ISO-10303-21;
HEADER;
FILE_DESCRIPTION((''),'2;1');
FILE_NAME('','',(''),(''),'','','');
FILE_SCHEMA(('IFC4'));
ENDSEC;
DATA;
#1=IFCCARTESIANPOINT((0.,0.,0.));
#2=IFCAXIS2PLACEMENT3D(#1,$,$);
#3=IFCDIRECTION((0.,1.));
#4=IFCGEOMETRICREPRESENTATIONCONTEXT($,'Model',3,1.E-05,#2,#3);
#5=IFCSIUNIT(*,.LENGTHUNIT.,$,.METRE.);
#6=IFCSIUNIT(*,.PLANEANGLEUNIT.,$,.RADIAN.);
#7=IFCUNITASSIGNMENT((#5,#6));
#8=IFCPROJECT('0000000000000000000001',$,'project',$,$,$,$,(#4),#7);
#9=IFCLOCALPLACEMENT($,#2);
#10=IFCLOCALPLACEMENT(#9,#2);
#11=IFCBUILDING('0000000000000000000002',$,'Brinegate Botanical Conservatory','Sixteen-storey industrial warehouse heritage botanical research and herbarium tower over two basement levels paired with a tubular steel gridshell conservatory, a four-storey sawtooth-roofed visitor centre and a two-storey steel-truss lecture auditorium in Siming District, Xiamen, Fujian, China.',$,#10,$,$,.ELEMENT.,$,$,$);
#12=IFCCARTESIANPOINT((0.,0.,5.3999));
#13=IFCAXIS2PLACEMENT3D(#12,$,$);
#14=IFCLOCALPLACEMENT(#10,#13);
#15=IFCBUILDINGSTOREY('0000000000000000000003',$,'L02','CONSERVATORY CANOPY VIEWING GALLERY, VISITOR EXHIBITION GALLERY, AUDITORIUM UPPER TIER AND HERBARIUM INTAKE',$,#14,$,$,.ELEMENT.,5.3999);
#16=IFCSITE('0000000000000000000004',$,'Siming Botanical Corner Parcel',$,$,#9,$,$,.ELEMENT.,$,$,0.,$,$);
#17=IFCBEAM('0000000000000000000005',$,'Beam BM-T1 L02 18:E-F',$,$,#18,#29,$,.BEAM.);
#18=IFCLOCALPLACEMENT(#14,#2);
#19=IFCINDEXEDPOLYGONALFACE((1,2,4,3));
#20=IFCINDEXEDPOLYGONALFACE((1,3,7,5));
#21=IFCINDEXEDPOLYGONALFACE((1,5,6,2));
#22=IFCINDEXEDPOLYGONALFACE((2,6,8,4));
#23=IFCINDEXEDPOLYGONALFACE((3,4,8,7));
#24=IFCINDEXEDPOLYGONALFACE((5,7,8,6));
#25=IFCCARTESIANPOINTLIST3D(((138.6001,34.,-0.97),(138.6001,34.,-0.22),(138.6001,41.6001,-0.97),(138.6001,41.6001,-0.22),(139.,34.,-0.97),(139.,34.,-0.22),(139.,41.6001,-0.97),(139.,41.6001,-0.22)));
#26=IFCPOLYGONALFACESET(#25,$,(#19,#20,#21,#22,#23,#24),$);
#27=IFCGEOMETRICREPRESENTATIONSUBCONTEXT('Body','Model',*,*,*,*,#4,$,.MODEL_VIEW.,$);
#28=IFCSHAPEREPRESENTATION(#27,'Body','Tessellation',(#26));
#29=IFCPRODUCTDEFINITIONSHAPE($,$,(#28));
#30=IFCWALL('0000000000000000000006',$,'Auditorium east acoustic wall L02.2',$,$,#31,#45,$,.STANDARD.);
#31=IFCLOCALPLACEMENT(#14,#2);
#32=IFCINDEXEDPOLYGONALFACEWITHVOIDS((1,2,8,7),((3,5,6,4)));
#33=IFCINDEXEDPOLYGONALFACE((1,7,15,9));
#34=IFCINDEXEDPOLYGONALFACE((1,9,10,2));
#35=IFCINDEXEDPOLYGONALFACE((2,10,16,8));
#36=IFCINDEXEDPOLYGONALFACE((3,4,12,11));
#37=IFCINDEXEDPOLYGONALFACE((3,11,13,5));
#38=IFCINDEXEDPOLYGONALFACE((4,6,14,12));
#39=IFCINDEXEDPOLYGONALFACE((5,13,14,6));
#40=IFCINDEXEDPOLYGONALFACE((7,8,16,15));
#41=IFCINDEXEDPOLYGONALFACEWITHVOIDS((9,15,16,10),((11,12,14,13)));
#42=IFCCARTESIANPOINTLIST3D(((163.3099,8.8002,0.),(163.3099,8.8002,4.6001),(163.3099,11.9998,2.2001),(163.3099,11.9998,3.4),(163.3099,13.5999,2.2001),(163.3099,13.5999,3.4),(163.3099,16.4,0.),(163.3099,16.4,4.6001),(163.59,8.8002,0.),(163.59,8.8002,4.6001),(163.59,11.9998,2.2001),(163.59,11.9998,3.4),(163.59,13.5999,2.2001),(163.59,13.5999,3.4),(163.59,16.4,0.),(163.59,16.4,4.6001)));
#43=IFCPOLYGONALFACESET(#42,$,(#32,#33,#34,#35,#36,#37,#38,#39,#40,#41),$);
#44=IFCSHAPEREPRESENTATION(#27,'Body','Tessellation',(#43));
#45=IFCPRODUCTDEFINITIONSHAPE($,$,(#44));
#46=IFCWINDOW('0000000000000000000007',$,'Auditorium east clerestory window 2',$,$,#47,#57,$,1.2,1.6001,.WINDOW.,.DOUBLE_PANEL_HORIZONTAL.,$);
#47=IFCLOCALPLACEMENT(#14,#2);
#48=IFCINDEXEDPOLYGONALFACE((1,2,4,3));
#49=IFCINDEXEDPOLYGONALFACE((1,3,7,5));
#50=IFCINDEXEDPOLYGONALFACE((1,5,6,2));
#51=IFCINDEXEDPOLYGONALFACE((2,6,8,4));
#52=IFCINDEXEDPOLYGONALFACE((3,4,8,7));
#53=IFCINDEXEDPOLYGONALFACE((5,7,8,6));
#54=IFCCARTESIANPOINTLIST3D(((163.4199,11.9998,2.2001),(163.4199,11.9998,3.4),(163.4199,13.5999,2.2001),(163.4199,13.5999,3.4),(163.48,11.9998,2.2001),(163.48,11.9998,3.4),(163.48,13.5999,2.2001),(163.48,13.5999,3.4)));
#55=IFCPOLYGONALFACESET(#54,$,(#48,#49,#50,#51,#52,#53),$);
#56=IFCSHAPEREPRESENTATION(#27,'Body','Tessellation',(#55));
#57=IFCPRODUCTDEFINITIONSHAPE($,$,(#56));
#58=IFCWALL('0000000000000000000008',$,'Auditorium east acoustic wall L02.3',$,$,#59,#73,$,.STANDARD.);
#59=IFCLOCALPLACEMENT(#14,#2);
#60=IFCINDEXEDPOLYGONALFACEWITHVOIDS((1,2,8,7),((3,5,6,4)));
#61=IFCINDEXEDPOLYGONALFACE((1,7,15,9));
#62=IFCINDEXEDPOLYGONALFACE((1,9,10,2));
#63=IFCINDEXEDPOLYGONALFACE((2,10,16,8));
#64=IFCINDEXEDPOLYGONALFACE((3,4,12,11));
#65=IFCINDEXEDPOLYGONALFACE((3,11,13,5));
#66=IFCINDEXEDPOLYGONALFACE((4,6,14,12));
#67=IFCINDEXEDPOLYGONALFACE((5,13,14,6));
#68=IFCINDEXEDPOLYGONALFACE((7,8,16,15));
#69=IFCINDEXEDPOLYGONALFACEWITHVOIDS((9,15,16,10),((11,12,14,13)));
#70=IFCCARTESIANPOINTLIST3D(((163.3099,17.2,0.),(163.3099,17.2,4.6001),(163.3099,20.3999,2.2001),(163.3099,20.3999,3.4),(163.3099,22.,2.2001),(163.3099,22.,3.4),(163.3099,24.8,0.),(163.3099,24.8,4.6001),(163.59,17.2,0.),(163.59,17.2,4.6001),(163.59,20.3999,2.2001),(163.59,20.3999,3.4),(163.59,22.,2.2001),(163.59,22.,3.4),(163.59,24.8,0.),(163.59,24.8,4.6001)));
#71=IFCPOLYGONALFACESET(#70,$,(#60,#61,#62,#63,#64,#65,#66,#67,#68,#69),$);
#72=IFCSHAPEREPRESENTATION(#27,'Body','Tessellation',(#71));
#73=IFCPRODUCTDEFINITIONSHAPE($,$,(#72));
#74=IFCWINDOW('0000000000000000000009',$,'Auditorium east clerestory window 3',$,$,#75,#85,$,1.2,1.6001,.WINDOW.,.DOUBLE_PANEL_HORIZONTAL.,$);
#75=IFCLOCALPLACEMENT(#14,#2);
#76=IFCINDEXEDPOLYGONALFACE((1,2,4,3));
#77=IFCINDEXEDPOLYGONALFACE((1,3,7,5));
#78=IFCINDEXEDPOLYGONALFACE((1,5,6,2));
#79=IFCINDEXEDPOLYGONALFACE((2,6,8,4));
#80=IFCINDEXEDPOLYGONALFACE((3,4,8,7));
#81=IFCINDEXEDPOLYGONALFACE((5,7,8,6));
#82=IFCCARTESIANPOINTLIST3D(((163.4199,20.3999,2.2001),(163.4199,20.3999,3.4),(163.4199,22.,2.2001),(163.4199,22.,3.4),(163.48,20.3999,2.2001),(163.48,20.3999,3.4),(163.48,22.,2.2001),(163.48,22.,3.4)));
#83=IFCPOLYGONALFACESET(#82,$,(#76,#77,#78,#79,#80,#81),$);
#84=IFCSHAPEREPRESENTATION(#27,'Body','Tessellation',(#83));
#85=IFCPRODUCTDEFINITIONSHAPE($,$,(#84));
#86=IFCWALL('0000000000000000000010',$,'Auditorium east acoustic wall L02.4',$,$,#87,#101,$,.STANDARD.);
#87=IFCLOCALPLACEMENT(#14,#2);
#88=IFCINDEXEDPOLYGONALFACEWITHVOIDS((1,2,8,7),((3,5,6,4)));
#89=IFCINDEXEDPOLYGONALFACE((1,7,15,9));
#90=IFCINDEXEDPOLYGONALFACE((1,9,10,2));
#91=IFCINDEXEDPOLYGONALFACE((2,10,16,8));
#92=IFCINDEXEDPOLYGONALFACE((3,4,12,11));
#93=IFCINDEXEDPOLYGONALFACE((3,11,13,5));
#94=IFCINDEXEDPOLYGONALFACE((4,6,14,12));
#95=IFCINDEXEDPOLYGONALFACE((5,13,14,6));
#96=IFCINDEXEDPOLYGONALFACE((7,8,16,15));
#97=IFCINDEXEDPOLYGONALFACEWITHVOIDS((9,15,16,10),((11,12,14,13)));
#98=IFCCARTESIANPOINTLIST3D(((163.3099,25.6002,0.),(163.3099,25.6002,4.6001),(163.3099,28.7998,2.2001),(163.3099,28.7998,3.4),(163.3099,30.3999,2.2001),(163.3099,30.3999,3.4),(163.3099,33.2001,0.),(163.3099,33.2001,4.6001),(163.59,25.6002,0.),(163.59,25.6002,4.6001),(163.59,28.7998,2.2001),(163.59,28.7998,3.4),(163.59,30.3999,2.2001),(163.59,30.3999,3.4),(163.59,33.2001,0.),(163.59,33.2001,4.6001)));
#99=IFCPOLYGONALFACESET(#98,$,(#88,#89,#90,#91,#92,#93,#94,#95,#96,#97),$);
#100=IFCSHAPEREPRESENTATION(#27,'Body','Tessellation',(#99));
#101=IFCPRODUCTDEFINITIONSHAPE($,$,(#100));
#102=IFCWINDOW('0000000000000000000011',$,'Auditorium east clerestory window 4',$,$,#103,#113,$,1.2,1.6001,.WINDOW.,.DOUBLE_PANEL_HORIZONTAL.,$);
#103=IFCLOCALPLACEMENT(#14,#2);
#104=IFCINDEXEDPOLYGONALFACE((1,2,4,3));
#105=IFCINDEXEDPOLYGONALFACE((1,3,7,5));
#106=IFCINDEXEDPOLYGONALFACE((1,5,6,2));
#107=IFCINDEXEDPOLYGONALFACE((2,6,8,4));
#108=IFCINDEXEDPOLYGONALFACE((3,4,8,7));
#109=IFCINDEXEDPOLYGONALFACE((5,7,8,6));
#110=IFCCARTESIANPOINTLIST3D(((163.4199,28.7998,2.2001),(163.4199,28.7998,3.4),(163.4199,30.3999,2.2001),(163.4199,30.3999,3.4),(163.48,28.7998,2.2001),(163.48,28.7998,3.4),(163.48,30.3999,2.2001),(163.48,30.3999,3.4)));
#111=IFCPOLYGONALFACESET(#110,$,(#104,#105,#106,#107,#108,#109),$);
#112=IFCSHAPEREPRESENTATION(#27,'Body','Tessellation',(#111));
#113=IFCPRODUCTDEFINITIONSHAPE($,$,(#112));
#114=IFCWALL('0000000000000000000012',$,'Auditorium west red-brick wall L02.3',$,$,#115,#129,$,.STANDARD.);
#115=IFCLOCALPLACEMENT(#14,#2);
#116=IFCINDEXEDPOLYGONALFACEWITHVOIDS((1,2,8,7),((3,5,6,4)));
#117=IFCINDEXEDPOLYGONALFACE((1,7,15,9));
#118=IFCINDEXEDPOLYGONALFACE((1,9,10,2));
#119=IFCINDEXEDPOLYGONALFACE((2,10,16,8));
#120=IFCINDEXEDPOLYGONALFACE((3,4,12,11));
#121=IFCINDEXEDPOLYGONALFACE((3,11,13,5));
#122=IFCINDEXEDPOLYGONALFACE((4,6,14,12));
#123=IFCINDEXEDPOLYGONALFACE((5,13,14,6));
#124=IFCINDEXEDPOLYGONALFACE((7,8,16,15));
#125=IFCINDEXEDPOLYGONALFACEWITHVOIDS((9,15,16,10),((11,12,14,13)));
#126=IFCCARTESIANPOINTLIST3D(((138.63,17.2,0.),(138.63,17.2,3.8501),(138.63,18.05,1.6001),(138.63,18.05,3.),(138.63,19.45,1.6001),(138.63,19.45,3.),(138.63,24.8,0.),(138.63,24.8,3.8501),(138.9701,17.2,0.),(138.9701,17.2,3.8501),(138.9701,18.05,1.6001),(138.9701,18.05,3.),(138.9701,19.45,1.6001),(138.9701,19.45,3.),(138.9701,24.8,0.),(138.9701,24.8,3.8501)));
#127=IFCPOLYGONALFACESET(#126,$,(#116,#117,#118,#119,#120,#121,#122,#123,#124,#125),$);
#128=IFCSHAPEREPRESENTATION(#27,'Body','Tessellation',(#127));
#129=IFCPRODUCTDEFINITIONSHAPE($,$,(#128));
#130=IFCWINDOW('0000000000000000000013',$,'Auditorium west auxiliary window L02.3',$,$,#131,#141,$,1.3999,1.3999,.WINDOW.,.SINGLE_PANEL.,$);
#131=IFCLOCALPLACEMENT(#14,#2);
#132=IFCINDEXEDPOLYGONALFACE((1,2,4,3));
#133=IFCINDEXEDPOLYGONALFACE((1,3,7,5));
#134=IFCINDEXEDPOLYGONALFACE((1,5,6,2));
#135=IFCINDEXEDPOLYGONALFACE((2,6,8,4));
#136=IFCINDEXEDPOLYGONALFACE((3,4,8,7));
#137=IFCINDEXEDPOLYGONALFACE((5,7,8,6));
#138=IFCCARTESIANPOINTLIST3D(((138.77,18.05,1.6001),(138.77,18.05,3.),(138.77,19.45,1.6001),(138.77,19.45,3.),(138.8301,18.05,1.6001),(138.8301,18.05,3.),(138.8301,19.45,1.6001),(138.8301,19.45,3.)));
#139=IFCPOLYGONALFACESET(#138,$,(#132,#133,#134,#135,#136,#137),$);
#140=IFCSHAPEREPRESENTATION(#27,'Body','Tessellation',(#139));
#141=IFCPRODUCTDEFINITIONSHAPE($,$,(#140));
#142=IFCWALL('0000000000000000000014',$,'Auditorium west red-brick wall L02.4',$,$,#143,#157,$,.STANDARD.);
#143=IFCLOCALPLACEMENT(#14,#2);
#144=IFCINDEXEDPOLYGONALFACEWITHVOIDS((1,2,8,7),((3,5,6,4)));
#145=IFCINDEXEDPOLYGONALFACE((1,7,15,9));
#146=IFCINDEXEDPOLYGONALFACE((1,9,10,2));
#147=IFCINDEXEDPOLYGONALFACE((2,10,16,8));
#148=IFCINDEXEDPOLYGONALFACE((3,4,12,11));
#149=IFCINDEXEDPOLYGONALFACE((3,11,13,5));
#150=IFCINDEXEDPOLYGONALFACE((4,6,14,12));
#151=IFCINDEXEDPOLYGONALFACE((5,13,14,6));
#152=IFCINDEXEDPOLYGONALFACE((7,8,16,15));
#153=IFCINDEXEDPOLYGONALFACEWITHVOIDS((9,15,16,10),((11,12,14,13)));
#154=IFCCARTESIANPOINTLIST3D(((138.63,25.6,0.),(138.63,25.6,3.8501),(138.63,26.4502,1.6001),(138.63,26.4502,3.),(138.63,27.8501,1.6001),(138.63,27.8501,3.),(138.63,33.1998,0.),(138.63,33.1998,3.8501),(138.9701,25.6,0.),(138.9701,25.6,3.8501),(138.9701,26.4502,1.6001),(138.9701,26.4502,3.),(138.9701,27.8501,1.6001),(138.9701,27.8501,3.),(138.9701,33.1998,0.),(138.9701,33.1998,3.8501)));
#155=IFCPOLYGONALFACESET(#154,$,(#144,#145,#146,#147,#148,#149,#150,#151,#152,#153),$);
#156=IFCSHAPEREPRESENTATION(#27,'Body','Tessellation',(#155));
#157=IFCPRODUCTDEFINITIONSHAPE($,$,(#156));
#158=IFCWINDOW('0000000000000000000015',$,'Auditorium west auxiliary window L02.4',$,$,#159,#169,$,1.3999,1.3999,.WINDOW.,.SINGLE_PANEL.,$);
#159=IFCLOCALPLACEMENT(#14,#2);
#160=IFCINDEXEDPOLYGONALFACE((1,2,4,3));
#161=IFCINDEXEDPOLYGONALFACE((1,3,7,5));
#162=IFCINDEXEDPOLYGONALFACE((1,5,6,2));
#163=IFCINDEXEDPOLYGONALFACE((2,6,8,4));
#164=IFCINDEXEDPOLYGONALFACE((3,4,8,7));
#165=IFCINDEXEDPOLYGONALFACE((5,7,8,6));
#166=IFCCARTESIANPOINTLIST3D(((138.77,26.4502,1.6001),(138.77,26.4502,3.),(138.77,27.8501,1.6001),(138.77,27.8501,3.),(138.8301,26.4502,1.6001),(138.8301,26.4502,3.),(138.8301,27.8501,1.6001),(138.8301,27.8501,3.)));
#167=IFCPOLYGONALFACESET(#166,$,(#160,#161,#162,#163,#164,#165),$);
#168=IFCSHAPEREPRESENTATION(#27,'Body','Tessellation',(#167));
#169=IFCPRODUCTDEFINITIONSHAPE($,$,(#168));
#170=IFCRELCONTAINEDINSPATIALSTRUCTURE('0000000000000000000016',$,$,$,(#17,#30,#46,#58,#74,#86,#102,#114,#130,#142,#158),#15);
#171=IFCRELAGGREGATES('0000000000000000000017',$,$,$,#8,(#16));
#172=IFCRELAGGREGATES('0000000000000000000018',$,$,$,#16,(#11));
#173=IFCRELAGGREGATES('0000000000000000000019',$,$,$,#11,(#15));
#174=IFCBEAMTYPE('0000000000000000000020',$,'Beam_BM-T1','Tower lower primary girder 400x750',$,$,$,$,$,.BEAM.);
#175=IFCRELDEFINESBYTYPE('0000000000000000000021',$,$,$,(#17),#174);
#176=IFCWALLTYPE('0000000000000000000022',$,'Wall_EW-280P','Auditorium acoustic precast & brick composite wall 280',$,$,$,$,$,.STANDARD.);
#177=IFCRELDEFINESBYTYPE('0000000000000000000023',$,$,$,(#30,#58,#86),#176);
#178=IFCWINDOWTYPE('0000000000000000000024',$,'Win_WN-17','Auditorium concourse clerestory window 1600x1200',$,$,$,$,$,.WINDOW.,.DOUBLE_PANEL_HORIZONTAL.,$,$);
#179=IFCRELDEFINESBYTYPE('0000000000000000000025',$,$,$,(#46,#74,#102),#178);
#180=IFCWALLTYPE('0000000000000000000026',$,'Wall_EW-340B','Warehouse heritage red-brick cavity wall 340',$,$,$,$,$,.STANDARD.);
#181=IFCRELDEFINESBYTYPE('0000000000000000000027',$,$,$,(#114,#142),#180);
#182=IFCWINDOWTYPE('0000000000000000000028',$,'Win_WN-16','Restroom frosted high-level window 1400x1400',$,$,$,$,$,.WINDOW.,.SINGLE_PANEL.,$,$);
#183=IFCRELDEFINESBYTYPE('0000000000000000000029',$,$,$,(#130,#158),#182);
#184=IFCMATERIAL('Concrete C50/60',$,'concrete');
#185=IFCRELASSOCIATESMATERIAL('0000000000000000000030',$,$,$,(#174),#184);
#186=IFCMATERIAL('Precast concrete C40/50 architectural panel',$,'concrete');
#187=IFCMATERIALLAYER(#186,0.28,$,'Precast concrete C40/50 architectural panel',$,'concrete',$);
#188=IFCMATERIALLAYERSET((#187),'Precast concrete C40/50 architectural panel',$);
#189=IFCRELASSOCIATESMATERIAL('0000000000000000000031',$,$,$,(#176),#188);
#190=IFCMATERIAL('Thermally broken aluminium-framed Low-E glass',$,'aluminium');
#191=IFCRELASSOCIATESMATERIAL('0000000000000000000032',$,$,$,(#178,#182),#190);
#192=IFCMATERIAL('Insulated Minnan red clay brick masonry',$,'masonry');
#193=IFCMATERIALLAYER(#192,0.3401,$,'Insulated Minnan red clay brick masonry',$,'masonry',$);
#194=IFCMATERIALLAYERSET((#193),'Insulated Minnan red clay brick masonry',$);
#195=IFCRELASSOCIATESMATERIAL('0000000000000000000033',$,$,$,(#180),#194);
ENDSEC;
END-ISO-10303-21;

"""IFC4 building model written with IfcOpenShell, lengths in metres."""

from ifc_helpers import new_model, si_unit, direction, frame, frame_2d, origin, origin_2d, place, context, subcontext, project, spatial, rectangle, extrude, material, layer, layer_set, material_profile, profile_set, type_object, element, fill, save


model = new_model("IFC4")

# Units and contexts
model_context = context("Model", 3, precision=1e-05, world=origin(), true_north=direction((0.0, 1.0)))
body_context = subcontext(model_context, "Body", "Model", "MODEL_VIEW")
ifc_project = project(units=[si_unit("LENGTHUNIT", "METRE"), si_unit("PLANEANGLEUNIT", "RADIAN")], contexts=[model_context])

# Site, building, storey
site_placement = place(None, origin())
site = spatial("IfcSite", under=ifc_project, at=site_placement, Name="Siming Botanical Corner Parcel", CompositionType="ELEMENT", RefElevation=0.0)
building_placement = place(site_placement, origin())
building = spatial("IfcBuilding", under=site, at=building_placement, Name="Brinegate Botanical Conservatory", Description="Sixteen-storey industrial warehouse heritage botanical research and herbarium tower over two basement levels paired with a tubular steel gridshell conservatory, a four-storey sawtooth-roofed visitor centre and a two-storey steel-truss lecture auditorium in Siming District, Xiamen, Fujian, China.", CompositionType="ELEMENT")
storey_placement = place(building_placement, frame((0.0, 0.0, 5.3999)))
storey = spatial("IfcBuildingStorey", under=building, at=storey_placement, Name="L02", Description="CONSERVATORY CANOPY VIEWING GALLERY, VISITOR EXHIBITION GALLERY, AUDITORIUM UPPER TIER AND HERBARIUM INTAKE", CompositionType="ELEMENT", Elevation=5.3999)

# Beam
ifc_material_1 = material(Name="Concrete C50/60", Category="concrete")
ifc_material_profile_1 = material_profile(ifc_material_1, rectangle(XDim=0.3999, YDim=0.75, at=origin_2d()), Name="RC BM 400x750")
ifc_profile_set_1 = profile_set([ifc_material_profile_1], Name="Concrete C50/60")
beam_type = type_object("IfcBeamType", Name="Beam_BM-T1", Description="Tower lower primary girder 400x750", PredefinedType="BEAM", material=ifc_profile_set_1)
beam_1_placement = place(storey_placement, frame((138.8, 34.0, -0.595), z_axis=(0.0, 1.0, 0.0), x_axis=(-1.0, 0.0, 0.0)))
element("IfcBeam", 1, at=beam_1_placement, inside=storey, type_object=beam_type, Name="Beam BM-T1 L02 18:E-F", PredefinedType="BEAM", context=body_context, shape_type="SweptSolid", body=[
    extrude(rectangle(XDim=0.3999, YDim=0.75, at=origin_2d()), origin(), (0.0, 0.0, 1.0), 7.6001),
])

# Walls, openings, windows
ifc_material_2 = material(Name="Precast concrete C40/50 architectural panel", Category="concrete")
ifc_layer_1 = layer(ifc_material_2, 0.28, Name="Precast concrete C40/50 architectural panel", Category="concrete")
ifc_layer_set_1 = layer_set([ifc_layer_1], Name="Precast concrete C40/50 architectural panel")
wall_type_1 = type_object("IfcWallType", Name="Wall_EW-280P", Description="Auditorium acoustic precast & brick composite wall 280", PredefinedType="STANDARD", material=ifc_layer_set_1)
wall_1_placement = place(storey_placement, frame((163.45, 16.3999, 0.0), z_axis=(0.0, 0.0, 1.0), x_axis=(0.0, -1.0, 0.0)))
wall_1 = element("IfcWall", 2, at=wall_1_placement, inside=storey, type_object=wall_type_1, Name="Auditorium east acoustic wall L02.2", PredefinedType="STANDARD", context=body_context, shape_type="SweptSolid", body=[
    extrude(rectangle(XDim=7.5999, YDim=0.28, at=frame_2d((3.7998, 0.0))), origin(), (0.0, 0.0, 1.0), 4.6001),
])
opening_1_placement = place(wall_1_placement, frame((2.8, 0.0, 2.2)))
opening_1 = element("IfcOpeningElement", 3, at=opening_1_placement, cuts=wall_1, PredefinedType="OPENING", context=body_context, shape_type="SweptSolid", body=[
    extrude(rectangle(XDim=1.6001, YDim=1.2, at=frame_2d((0.8, 0.6001))), frame((0.0, 0.1499, 0.0), z_axis=(0.0, -1.0, 0.0), x_axis=(1.0, 0.0, 0.0)), (0.0, 0.0, 1.0), 0.3),
])
ifc_material_3 = material(Name="Thermally broken aluminium-framed Low-E glass", Category="aluminium")
window_type_1 = type_object("IfcWindowType", Name="Win_WN-17", Description="Auditorium concourse clerestory window 1600x1200", PartitioningType="DOUBLE_PANEL_HORIZONTAL", PredefinedType="WINDOW", material=ifc_material_3)
window_1_placement = place(opening_1_placement, origin())
window_1 = element("IfcWindow", 4, at=window_1_placement, inside=storey, type_object=window_type_1, Name="Auditorium east clerestory window 2", OverallHeight=1.2, OverallWidth=1.6001, PartitioningType="DOUBLE_PANEL_HORIZONTAL", PredefinedType="WINDOW", context=body_context, shape_type="SweptSolid", body=[
    extrude(rectangle(XDim=1.6001, YDim=1.2, at=frame_2d((0.8, 0.6001))), frame((0.0, 0.03, 0.0), z_axis=(0.0, -1.0, 0.0), x_axis=(1.0, 0.0, 0.0)), (0.0, 0.0, 1.0), 0.0601),
])
fill(opening_1, window_1)
wall_2_placement = place(storey_placement, frame((163.45, 24.8, 0.0), z_axis=(0.0, 0.0, 1.0), x_axis=(0.0, -1.0, 0.0)))
wall_2 = element("IfcWall", 5, at=wall_2_placement, inside=storey, type_object=wall_type_1, Name="Auditorium east acoustic wall L02.3", PredefinedType="STANDARD", context=body_context, shape_type="SweptSolid", body=[
    extrude(rectangle(XDim=7.6001, YDim=0.28, at=frame_2d((3.8, 0.0))), origin(), (0.0, 0.0, 1.0), 4.6001),
])
opening_2_placement = place(wall_2_placement, frame((2.8, 0.0, 2.2)))
opening_2 = element("IfcOpeningElement", 6, at=opening_2_placement, cuts=wall_2, PredefinedType="OPENING", context=body_context, shape_type="SweptSolid", body=[
    extrude(rectangle(XDim=1.6001, YDim=1.2, at=frame_2d((0.8, 0.6001))), frame((0.0, 0.1499, 0.0), z_axis=(0.0, -1.0, 0.0), x_axis=(1.0, 0.0, 0.0)), (0.0, 0.0, 1.0), 0.3),
])
window_2_placement = place(opening_2_placement, origin())
window_2 = element("IfcWindow", 7, at=window_2_placement, inside=storey, type_object=window_type_1, Name="Auditorium east clerestory window 3", OverallHeight=1.2, OverallWidth=1.6001, PartitioningType="DOUBLE_PANEL_HORIZONTAL", PredefinedType="WINDOW", context=body_context, shape_type="SweptSolid", body=[
    extrude(rectangle(XDim=1.6001, YDim=1.2, at=frame_2d((0.8, 0.6001))), frame((0.0, 0.03, 0.0), z_axis=(0.0, -1.0, 0.0), x_axis=(1.0, 0.0, 0.0)), (0.0, 0.0, 1.0), 0.0601),
])
fill(opening_2, window_2)
wall_3_placement = place(storey_placement, frame((163.45, 33.2, 0.0), z_axis=(0.0, 0.0, 1.0), x_axis=(0.0, -1.0, 0.0)))
wall_3 = element("IfcWall", 8, at=wall_3_placement, inside=storey, type_object=wall_type_1, Name="Auditorium east acoustic wall L02.4", PredefinedType="STANDARD", context=body_context, shape_type="SweptSolid", body=[
    extrude(rectangle(XDim=7.5999, YDim=0.28, at=frame_2d((3.7998, 0.0))), origin(), (0.0, 0.0, 1.0), 4.6001),
])
opening_3_placement = place(wall_3_placement, frame((2.8, 0.0, 2.2)))
opening_3 = element("IfcOpeningElement", 9, at=opening_3_placement, cuts=wall_3, PredefinedType="OPENING", context=body_context, shape_type="SweptSolid", body=[
    extrude(rectangle(XDim=1.6001, YDim=1.2, at=frame_2d((0.8, 0.6001))), frame((0.0, 0.1499, 0.0), z_axis=(0.0, -1.0, 0.0), x_axis=(1.0, 0.0, 0.0)), (0.0, 0.0, 1.0), 0.3),
])
window_3_placement = place(opening_3_placement, origin())
window_3 = element("IfcWindow", 10, at=window_3_placement, inside=storey, type_object=window_type_1, Name="Auditorium east clerestory window 4", OverallHeight=1.2, OverallWidth=1.6001, PartitioningType="DOUBLE_PANEL_HORIZONTAL", PredefinedType="WINDOW", context=body_context, shape_type="SweptSolid", body=[
    extrude(rectangle(XDim=1.6001, YDim=1.2, at=frame_2d((0.8, 0.6001))), frame((0.0, 0.03, 0.0), z_axis=(0.0, -1.0, 0.0), x_axis=(1.0, 0.0, 0.0)), (0.0, 0.0, 1.0), 0.0601),
])
fill(opening_3, window_3)
ifc_material_4 = material(Name="Insulated Minnan red clay brick masonry", Category="masonry")
ifc_layer_2 = layer(ifc_material_4, 0.3401, Name="Insulated Minnan red clay brick masonry", Category="masonry")
ifc_layer_set_2 = layer_set([ifc_layer_2], Name="Insulated Minnan red clay brick masonry")
wall_type_2 = type_object("IfcWallType", Name="Wall_EW-340B", Description="Warehouse heritage red-brick cavity wall 340", PredefinedType="STANDARD", material=ifc_layer_set_2)
wall_4_placement = place(storey_placement, frame((138.8, 17.2, 0.0), z_axis=(0.0, 0.0, 1.0), x_axis=(0.0, 1.0, 0.0)))
wall_4 = element("IfcWall", 11, at=wall_4_placement, inside=storey, type_object=wall_type_2, Name="Auditorium west red-brick wall L02.3", PredefinedType="STANDARD", context=body_context, shape_type="SweptSolid", body=[
    extrude(rectangle(XDim=7.6001, YDim=0.3401, at=frame_2d((3.8, 0.0))), origin(), (0.0, 0.0, 1.0), 3.8501),
])
opening_4_placement = place(wall_4_placement, frame((0.8501, 0.0, 1.6001)))
opening_4 = element("IfcOpeningElement", 12, at=opening_4_placement, cuts=wall_4, PredefinedType="OPENING", context=body_context, shape_type="SweptSolid", body=[
    extrude(rectangle(XDim=1.3999, YDim=1.3999, at=frame_2d((0.7, 0.7))), frame((0.0, 0.1799, 0.0), z_axis=(0.0, -1.0, 0.0), x_axis=(1.0, 0.0, 0.0)), (0.0, 0.0, 1.0), 0.3601),
])
window_type_2 = type_object("IfcWindowType", Name="Win_WN-16", Description="Restroom frosted high-level window 1400x1400", PartitioningType="SINGLE_PANEL", PredefinedType="WINDOW", material=ifc_material_3)
window_4_placement = place(opening_4_placement, origin())
window_4 = element("IfcWindow", 13, at=window_4_placement, inside=storey, type_object=window_type_2, Name="Auditorium west auxiliary window L02.3", OverallHeight=1.3999, OverallWidth=1.3999, PartitioningType="SINGLE_PANEL", PredefinedType="WINDOW", context=body_context, shape_type="SweptSolid", body=[
    extrude(rectangle(XDim=1.3999, YDim=1.3999, at=frame_2d((0.7, 0.7))), frame((0.0, 0.03, 0.0), z_axis=(0.0, -1.0, 0.0), x_axis=(1.0, 0.0, 0.0)), (0.0, 0.0, 1.0), 0.0601),
])
fill(opening_4, window_4)
wall_5_placement = place(storey_placement, frame((138.8, 25.6001, 0.0), z_axis=(0.0, 0.0, 1.0), x_axis=(0.0, 1.0, 0.0)))
wall_5 = element("IfcWall", 14, at=wall_5_placement, inside=storey, type_object=wall_type_2, Name="Auditorium west red-brick wall L02.4", PredefinedType="STANDARD", context=body_context, shape_type="SweptSolid", body=[
    extrude(rectangle(XDim=7.5999, YDim=0.3401, at=frame_2d((3.7998, 0.0))), origin(), (0.0, 0.0, 1.0), 3.8501),
])
opening_5_placement = place(wall_5_placement, frame((0.8501, 0.0, 1.6001)))
opening_5 = element("IfcOpeningElement", 15, at=opening_5_placement, cuts=wall_5, PredefinedType="OPENING", context=body_context, shape_type="SweptSolid", body=[
    extrude(rectangle(XDim=1.3999, YDim=1.3999, at=frame_2d((0.7, 0.7))), frame((0.0, 0.1799, 0.0), z_axis=(0.0, -1.0, 0.0), x_axis=(1.0, 0.0, 0.0)), (0.0, 0.0, 1.0), 0.3601),
])
window_5_placement = place(opening_5_placement, origin())
window_5 = element("IfcWindow", 16, at=window_5_placement, inside=storey, type_object=window_type_2, Name="Auditorium west auxiliary window L02.4", OverallHeight=1.3999, OverallWidth=1.3999, PartitioningType="SINGLE_PANEL", PredefinedType="WINDOW", context=body_context, shape_type="SweptSolid", body=[
    extrude(rectangle(XDim=1.3999, YDim=1.3999, at=frame_2d((0.7, 0.7))), frame((0.0, 0.03, 0.0), z_axis=(0.0, -1.0, 0.0), x_axis=(1.0, 0.0, 0.0)), (0.0, 0.0, 1.0), 0.0601),
])
fill(opening_5, window_5)

save(model, "model.ifc")
